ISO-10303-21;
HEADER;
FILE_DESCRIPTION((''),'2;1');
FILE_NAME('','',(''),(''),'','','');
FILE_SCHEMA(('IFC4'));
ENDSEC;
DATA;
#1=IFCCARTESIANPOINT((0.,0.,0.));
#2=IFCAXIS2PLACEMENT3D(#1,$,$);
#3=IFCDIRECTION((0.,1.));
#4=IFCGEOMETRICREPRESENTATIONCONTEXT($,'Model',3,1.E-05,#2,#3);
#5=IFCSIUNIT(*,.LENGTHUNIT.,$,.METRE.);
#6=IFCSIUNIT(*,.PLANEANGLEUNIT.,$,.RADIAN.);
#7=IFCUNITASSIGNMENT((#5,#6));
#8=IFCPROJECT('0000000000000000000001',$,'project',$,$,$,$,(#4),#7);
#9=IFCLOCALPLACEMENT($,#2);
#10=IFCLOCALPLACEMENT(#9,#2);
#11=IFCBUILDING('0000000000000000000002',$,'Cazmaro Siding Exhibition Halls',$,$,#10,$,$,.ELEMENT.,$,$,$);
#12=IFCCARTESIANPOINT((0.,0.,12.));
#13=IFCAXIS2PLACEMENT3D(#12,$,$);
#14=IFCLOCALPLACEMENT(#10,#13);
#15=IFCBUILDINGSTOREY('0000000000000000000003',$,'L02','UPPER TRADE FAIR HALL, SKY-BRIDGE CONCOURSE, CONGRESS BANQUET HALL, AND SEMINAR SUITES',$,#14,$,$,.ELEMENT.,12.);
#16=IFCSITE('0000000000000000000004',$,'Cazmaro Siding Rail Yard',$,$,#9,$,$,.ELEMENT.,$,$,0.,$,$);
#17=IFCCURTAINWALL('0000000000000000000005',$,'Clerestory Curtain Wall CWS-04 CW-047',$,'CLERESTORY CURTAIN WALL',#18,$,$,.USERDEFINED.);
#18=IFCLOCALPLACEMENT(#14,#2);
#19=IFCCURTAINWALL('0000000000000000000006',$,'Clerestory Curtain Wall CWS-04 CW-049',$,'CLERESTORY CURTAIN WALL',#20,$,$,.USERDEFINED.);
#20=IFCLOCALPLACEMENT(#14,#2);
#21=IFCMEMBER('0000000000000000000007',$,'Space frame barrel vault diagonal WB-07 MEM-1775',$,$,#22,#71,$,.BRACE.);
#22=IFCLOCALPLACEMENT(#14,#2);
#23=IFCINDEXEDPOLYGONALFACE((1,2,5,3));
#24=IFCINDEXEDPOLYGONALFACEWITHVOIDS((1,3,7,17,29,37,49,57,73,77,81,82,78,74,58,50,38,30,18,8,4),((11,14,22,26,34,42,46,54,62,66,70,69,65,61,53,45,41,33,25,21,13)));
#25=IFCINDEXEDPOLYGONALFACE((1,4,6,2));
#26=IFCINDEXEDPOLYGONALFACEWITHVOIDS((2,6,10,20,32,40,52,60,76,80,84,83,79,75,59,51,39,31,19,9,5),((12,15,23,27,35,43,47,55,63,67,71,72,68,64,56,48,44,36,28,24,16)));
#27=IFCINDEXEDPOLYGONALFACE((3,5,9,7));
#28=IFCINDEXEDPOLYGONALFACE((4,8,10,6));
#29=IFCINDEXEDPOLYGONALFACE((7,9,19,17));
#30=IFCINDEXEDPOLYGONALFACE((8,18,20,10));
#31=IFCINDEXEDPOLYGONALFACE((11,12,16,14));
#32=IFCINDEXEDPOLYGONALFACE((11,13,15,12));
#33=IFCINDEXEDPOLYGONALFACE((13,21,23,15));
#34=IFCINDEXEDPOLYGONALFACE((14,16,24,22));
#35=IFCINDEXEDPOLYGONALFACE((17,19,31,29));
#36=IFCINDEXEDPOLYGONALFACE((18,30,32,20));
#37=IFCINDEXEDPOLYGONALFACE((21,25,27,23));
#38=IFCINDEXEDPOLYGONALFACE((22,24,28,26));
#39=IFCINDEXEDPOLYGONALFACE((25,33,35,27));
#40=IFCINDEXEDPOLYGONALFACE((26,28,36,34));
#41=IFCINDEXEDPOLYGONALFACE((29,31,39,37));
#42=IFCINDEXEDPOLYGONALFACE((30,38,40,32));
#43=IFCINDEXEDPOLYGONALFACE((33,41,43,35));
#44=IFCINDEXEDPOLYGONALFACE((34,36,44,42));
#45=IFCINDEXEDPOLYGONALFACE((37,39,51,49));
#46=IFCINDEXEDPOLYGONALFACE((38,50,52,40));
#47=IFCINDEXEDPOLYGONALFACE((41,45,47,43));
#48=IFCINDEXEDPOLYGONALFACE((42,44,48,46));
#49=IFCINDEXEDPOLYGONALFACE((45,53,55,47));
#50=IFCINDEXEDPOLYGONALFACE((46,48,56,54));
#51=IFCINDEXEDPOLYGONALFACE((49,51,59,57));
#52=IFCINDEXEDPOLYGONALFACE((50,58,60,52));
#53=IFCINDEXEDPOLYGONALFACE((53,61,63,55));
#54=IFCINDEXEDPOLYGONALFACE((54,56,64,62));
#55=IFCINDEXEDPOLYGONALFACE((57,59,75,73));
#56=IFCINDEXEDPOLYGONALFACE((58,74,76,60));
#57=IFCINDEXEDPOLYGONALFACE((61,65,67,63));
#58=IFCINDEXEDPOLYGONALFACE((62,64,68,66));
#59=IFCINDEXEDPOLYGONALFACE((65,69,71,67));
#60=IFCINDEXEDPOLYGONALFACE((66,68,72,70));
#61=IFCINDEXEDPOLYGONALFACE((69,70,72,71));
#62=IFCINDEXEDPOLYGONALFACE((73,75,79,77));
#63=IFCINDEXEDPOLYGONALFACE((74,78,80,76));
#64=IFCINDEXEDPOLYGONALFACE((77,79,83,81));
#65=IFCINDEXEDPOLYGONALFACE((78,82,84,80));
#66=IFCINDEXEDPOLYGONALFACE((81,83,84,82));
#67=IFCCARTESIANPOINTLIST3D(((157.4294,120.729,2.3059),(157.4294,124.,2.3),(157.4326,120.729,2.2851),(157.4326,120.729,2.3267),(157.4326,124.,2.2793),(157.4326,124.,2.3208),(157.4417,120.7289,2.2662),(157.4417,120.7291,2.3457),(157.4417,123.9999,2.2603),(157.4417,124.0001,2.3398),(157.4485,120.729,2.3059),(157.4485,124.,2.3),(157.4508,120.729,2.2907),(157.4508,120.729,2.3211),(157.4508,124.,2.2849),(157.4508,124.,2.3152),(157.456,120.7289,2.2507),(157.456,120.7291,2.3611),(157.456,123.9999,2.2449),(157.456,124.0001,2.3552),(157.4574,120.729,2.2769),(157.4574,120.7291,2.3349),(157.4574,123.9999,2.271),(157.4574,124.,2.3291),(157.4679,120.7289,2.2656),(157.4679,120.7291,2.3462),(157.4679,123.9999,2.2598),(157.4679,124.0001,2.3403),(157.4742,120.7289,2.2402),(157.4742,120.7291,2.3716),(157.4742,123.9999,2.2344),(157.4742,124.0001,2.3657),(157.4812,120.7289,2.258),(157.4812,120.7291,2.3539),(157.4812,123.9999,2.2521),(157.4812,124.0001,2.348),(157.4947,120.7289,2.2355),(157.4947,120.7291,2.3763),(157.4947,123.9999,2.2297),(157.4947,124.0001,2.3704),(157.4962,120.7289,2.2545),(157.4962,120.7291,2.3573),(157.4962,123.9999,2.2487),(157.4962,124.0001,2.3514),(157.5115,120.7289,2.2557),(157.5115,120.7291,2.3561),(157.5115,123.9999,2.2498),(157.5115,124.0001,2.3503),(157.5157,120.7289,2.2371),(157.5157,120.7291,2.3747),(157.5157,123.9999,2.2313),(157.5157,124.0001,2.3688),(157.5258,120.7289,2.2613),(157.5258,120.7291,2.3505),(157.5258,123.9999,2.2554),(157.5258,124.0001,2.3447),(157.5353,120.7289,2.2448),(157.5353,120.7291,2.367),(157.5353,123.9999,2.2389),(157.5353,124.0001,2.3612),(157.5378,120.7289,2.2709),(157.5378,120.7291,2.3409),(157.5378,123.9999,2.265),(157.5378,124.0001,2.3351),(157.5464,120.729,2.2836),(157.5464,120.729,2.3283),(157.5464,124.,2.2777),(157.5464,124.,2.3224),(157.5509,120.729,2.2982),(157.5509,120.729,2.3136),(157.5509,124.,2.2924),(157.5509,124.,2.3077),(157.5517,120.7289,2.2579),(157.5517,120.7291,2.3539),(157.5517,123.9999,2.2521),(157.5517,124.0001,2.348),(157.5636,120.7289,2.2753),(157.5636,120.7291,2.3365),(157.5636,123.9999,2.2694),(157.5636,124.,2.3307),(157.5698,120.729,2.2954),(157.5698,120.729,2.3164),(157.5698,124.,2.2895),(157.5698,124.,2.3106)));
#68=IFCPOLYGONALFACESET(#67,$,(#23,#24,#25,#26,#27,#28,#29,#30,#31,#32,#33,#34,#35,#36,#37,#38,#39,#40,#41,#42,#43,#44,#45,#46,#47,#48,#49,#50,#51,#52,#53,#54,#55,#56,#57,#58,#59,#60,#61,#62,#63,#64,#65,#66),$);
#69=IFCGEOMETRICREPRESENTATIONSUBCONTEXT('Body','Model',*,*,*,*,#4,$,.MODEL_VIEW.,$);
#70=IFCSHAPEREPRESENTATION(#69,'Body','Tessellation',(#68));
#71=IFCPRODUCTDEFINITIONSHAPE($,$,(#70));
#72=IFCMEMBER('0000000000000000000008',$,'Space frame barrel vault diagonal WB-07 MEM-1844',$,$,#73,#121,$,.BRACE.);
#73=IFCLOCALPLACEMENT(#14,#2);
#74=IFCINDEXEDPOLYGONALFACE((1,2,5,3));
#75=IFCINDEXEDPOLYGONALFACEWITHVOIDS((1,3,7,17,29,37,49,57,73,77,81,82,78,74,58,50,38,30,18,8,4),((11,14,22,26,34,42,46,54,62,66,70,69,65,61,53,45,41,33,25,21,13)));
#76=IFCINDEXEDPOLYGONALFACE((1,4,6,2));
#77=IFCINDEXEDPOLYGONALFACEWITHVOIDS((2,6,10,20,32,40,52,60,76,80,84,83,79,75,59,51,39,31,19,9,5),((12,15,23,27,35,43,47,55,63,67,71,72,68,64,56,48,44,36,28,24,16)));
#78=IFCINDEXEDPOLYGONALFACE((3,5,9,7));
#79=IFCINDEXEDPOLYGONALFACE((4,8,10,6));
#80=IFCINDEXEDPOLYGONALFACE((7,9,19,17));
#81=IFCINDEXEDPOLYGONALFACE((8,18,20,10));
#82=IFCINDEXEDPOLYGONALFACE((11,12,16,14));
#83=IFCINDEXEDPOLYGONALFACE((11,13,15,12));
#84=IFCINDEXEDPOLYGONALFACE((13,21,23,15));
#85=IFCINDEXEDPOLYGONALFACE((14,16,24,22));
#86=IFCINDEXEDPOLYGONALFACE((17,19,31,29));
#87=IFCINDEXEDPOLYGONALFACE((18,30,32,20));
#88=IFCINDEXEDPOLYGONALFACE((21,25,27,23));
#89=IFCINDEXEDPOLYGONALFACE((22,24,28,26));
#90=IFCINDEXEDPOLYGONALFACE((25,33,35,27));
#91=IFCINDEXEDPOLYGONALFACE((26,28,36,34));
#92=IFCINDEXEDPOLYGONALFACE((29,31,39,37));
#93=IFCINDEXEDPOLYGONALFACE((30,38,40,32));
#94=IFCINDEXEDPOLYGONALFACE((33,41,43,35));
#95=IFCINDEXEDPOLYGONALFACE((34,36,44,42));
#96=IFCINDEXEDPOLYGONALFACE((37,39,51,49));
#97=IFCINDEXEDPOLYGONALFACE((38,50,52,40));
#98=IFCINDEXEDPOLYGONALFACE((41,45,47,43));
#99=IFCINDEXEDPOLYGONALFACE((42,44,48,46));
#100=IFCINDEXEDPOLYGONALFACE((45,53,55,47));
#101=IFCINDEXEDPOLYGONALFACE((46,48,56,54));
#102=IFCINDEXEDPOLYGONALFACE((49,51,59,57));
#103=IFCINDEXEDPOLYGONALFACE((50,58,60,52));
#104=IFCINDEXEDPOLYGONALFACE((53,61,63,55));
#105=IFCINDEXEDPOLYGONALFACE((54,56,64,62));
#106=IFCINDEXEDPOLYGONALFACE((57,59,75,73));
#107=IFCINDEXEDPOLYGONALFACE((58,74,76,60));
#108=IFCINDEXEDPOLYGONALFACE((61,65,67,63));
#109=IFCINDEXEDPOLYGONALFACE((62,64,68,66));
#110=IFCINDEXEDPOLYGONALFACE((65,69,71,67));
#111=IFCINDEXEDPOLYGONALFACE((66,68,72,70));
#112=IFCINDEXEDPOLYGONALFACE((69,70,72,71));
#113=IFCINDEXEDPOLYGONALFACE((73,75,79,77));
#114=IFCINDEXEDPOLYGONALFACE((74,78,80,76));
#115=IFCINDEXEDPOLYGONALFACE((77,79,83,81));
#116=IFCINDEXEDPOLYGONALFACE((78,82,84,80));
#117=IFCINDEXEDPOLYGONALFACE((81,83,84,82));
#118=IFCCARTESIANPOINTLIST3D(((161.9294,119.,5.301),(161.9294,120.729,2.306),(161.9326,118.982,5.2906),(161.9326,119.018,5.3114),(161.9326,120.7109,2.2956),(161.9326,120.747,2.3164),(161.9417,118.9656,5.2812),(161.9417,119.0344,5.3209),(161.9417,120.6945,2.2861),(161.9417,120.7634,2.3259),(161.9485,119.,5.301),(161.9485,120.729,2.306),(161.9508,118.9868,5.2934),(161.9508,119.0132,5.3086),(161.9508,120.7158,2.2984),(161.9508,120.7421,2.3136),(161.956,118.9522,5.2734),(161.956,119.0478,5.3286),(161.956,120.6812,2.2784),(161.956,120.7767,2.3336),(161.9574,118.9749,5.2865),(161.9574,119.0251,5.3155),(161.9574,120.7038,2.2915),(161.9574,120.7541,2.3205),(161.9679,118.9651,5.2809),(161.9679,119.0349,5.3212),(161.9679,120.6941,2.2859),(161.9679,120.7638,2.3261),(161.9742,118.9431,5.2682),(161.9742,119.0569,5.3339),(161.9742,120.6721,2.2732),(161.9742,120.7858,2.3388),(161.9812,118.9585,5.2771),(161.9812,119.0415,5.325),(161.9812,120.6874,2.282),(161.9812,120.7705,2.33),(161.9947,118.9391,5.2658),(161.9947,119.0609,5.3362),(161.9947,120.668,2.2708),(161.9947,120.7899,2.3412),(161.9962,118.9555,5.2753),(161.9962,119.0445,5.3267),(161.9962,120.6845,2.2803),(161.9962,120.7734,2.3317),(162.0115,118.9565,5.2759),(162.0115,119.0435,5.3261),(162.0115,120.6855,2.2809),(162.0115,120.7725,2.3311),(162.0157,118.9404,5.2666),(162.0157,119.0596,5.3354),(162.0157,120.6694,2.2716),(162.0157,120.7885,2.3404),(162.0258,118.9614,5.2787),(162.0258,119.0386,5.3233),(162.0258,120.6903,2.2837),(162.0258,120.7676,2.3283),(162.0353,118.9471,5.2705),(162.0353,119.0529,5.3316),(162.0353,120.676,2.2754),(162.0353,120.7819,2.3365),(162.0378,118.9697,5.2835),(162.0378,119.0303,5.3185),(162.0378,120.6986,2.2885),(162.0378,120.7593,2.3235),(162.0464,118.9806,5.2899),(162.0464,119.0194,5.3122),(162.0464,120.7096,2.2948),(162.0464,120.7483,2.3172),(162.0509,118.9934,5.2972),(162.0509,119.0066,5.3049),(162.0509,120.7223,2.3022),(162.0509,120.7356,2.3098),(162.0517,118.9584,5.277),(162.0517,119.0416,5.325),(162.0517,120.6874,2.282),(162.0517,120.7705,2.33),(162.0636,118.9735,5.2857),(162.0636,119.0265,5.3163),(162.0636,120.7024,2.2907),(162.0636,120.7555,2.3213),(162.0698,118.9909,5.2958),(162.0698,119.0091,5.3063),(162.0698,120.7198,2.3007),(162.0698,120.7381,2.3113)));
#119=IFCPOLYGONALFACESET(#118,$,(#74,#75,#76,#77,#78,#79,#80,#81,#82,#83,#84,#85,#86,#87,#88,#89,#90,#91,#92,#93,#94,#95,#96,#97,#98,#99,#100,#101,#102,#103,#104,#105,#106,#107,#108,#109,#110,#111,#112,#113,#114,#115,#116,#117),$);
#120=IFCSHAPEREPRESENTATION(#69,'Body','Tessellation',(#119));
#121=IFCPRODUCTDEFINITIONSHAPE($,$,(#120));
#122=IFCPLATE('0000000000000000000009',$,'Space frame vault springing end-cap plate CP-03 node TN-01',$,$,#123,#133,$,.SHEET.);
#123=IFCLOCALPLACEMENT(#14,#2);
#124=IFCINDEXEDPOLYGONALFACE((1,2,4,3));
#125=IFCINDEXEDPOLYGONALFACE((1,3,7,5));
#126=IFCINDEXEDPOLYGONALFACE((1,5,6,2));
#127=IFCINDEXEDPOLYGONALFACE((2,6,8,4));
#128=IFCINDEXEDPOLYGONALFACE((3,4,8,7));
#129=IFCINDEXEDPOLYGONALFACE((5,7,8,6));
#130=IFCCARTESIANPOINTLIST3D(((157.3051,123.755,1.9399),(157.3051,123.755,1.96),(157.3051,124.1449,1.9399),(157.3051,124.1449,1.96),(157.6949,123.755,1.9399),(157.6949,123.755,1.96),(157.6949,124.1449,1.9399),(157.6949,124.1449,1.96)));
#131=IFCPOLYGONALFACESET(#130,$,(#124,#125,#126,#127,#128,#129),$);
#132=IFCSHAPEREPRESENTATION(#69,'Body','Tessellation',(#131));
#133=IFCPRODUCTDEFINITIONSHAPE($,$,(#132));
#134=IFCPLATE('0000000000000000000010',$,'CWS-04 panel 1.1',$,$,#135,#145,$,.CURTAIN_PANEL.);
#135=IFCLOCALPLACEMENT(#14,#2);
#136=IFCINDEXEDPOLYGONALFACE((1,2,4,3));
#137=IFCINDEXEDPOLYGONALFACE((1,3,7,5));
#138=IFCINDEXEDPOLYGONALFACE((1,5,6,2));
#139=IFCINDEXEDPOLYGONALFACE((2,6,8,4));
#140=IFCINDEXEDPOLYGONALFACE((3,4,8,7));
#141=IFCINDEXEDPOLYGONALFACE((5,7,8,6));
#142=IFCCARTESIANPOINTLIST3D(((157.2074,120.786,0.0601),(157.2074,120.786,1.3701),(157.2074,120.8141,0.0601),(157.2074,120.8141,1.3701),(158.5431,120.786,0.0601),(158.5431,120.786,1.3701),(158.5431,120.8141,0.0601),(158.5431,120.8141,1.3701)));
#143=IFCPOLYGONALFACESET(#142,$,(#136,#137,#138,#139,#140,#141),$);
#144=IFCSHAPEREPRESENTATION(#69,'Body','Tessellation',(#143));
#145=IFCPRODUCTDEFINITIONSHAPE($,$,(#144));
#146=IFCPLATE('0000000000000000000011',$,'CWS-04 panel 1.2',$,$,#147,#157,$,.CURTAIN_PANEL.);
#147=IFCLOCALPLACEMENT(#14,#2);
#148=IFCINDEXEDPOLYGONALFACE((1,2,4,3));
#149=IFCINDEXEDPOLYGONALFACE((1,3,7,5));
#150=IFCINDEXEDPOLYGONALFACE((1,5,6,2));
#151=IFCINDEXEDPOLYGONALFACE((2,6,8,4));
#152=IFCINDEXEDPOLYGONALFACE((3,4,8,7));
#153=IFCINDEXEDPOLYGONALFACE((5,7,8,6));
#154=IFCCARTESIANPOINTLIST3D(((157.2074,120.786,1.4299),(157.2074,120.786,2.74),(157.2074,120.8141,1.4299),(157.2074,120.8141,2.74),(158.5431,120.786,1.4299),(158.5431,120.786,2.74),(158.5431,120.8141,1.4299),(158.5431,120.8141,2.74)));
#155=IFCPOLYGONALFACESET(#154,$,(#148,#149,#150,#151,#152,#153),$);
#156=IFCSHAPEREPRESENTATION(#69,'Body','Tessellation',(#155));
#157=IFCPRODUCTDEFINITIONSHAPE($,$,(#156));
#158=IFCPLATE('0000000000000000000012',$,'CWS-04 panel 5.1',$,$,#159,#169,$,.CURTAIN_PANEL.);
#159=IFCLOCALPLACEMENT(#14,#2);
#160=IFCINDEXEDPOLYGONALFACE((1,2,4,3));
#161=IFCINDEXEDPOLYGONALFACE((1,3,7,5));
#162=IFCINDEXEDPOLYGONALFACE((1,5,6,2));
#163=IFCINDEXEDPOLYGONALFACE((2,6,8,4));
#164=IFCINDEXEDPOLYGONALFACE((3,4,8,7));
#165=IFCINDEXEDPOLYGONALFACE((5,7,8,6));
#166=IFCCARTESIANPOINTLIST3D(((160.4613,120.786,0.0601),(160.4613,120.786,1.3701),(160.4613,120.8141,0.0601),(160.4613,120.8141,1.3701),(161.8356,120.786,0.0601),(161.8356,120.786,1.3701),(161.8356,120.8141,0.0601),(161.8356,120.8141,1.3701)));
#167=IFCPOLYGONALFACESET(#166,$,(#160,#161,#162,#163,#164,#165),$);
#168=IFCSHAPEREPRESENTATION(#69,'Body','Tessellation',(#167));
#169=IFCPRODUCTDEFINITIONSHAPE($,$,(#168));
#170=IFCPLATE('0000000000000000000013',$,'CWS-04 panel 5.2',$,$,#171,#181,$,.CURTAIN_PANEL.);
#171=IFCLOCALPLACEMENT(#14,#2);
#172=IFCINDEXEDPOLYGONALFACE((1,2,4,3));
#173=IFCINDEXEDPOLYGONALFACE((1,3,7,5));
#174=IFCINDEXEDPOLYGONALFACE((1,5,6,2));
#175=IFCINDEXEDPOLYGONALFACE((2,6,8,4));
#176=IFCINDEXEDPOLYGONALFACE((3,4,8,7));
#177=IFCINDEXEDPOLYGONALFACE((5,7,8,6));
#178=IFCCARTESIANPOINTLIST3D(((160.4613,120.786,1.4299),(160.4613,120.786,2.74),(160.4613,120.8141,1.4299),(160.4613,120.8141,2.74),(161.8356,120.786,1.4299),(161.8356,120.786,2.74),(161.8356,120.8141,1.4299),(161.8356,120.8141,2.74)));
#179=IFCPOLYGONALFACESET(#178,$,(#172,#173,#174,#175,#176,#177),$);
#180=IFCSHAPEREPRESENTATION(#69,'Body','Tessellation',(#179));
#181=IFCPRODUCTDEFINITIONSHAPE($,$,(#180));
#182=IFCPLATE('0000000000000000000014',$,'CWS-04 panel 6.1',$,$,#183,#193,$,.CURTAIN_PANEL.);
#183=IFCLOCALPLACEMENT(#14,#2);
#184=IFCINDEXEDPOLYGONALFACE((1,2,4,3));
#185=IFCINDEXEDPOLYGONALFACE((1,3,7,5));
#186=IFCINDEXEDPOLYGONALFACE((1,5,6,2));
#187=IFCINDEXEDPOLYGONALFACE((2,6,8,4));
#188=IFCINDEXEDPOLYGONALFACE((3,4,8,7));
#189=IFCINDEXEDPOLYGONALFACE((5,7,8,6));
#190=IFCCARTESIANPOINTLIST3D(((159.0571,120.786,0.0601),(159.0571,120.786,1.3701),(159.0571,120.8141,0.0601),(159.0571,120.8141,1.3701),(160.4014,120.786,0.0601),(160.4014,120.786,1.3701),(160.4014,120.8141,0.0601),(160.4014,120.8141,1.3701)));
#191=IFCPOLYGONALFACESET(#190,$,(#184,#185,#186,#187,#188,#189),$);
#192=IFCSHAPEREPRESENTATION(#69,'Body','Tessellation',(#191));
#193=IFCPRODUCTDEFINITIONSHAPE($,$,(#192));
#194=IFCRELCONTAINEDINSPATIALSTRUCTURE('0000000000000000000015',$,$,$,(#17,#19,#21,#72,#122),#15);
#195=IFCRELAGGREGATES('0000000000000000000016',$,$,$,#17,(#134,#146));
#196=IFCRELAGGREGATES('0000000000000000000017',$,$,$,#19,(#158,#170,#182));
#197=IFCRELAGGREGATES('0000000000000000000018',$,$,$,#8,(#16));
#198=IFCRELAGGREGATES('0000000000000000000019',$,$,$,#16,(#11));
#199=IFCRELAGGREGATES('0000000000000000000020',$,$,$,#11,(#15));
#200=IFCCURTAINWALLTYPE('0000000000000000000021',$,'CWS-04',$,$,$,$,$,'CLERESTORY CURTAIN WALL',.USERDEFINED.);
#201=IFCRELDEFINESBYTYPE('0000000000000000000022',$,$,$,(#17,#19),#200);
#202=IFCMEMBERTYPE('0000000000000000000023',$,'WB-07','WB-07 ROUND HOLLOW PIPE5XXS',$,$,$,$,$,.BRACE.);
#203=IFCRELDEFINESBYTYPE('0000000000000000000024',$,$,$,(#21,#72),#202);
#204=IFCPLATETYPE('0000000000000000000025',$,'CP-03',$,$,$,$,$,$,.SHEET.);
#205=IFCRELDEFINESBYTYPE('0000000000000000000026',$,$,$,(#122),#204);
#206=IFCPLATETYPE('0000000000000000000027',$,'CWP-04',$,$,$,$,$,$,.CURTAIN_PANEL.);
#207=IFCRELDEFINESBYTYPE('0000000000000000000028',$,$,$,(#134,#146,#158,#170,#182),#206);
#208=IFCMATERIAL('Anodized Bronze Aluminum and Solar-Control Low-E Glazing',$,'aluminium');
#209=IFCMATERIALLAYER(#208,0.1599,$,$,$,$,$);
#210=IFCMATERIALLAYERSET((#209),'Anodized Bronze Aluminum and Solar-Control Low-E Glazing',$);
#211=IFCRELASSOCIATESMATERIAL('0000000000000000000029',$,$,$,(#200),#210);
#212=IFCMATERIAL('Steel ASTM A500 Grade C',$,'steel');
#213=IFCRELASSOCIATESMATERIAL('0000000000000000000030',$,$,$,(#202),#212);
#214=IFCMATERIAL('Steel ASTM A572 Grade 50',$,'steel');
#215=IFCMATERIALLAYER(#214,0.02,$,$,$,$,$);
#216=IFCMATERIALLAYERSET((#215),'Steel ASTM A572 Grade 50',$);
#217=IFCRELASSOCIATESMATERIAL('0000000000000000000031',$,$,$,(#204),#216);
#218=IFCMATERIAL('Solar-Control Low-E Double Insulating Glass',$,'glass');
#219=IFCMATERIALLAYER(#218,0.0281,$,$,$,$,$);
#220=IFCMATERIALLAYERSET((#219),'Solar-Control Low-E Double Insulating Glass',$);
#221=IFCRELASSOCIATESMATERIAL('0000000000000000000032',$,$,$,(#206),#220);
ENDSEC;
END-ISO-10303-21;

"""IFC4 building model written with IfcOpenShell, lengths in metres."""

from ifc_helpers import new_model, si_unit, direction, frame, origin, origin_2d, place, context, subcontext, project, spatial, rectangle, hollow_circle, extrude, material, layer, layer_set, material_profile, profile_set, type_object, element, aggregate, save


model = new_model("IFC4")

# Units and contexts
model_context = context("Model", 3, precision=1e-05, world=origin(), true_north=direction((0.0, 1.0)))
body_context = subcontext(model_context, "Body", "Model", "MODEL_VIEW")
ifc_project = project(units=[si_unit("LENGTHUNIT", "METRE"), si_unit("PLANEANGLEUNIT", "RADIAN")], contexts=[model_context])

# Site, building, storey
site_placement = place(None, origin())
site = spatial("IfcSite", under=ifc_project, at=site_placement, Name="Cazmaro Siding Rail Yard", CompositionType="ELEMENT", RefElevation=0.0)
building_placement = place(site_placement, origin())
building = spatial("IfcBuilding", under=site, at=building_placement, Name="Cazmaro Siding Exhibition Halls", CompositionType="ELEMENT")
storey_placement = place(building_placement, frame((0.0, 0.0, 12.0)))
storey = spatial("IfcBuildingStorey", under=building, at=storey_placement, Name="L02", Description="UPPER TRADE FAIR HALL, SKY-BRIDGE CONCOURSE, CONGRESS BANQUET HALL, AND SEMINAR SUITES", CompositionType="ELEMENT", Elevation=12.0)

# Curtain wall
ifc_material_1 = material(Name="Anodized Bronze Aluminum and Solar-Control Low-E Glazing", Category="aluminium")
ifc_layer_1 = layer(ifc_material_1, 0.1599)
ifc_layer_set_1 = layer_set([ifc_layer_1], Name="Anodized Bronze Aluminum and Solar-Control Low-E Glazing")
curtain_wall_type = type_object("IfcCurtainWallType", Name="CWS-04", ElementType="CLERESTORY CURTAIN WALL", PredefinedType="USERDEFINED", material=ifc_layer_set_1)
curtain_wall_1_placement = place(storey_placement, origin())
curtain_wall_1 = element("IfcCurtainWall", 1, at=curtain_wall_1_placement, inside=storey, type_object=curtain_wall_type, Name="Clerestory Curtain Wall CWS-04 CW-047", ObjectType="CLERESTORY CURTAIN WALL", PredefinedType="USERDEFINED")

# Curtain wall
curtain_wall_2_placement = place(storey_placement, origin())
curtain_wall_2 = element("IfcCurtainWall", 2, at=curtain_wall_2_placement, inside=storey, type_object=curtain_wall_type, Name="Clerestory Curtain Wall CWS-04 CW-049", ObjectType="CLERESTORY CURTAIN WALL", PredefinedType="USERDEFINED")

# Members
ifc_material_2 = material(Name="Steel ASTM A500 Grade C", Category="steel")
ifc_material_profile_1 = material_profile(ifc_material_2, hollow_circle(Radius=0.0706, WallThickness=0.019, at=origin_2d()), Name="PIPE5XXS")
ifc_profile_set_1 = profile_set([ifc_material_profile_1], Name="Steel ASTM A500 Grade C")
member_type_1 = type_object("IfcMemberType", Name="WB-07", Description="WB-07 ROUND HOLLOW PIPE5XXS", PredefinedType="BRACE", material=ifc_profile_set_1)
member_1_placement = place(storey_placement, frame((157.5, 120.729, 2.3059), z_axis=(0.0, 0.999998, -0.001791), x_axis=(-1.0, 0.0, 0.0)))
element("IfcMember", 3, at=member_1_placement, inside=storey, type_object=member_type_1, Name="Space frame barrel vault diagonal WB-07 MEM-1775", PredefinedType="BRACE", context=body_context, shape_type="SweptSolid", body=[
    extrude(hollow_circle(Radius=0.0706, WallThickness=0.019, at=origin_2d()), origin(), (0.0, 0.0, 1.0), 3.271),
])
member_2_placement = place(storey_placement, frame((162.0, 119.0, 5.301), z_axis=(0.0, 0.499951, -0.866054), x_axis=(-1.0, 0.0, 0.0)))
element("IfcMember", 4, at=member_2_placement, inside=storey, type_object=member_type_1, Name="Space frame barrel vault diagonal WB-07 MEM-1844", PredefinedType="BRACE", context=body_context, shape_type="SweptSolid", body=[
    extrude(hollow_circle(Radius=0.0706, WallThickness=0.019, at=origin_2d()), origin(), (0.0, 0.0, 1.0), 3.4583),
])

# Plates
ifc_material_3 = material(Name="Steel ASTM A572 Grade 50", Category="steel")
ifc_layer_2 = layer(ifc_material_3, 0.02)
ifc_layer_set_2 = layer_set([ifc_layer_2], Name="Steel ASTM A572 Grade 50")
plate_type_1 = type_object("IfcPlateType", Name="CP-03", PredefinedType="SHEET", material=ifc_layer_set_2)
plate_1_placement = place(storey_placement, frame((157.5, 123.95, 1.9399), z_axis=(0.0, 0.0, 1.0), x_axis=(1.0, 0.0, 0.0)))
element("IfcPlate", 5, at=plate_1_placement, inside=storey, type_object=plate_type_1, Name="Space frame vault springing end-cap plate CP-03 node TN-01", PredefinedType="SHEET", context=body_context, shape_type="SweptSolid", body=[
    extrude(rectangle(XDim=0.3899, YDim=0.3899, at=origin_2d()), origin(), (0.0, 0.0, 1.0), 0.02),
])
ifc_material_4 = material(Name="Solar-Control Low-E Double Insulating Glass", Category="glass")
ifc_layer_3 = layer(ifc_material_4, 0.0281)
ifc_layer_set_3 = layer_set([ifc_layer_3], Name="Solar-Control Low-E Double Insulating Glass")
plate_type_2 = type_object("IfcPlateType", Name="CWP-04", PredefinedType="CURTAIN_PANEL", material=ifc_layer_set_3)
plate_2_placement = place(storey_placement, frame((157.8752, 120.8, 0.0601), z_axis=(0.0, 0.0, 1.0), x_axis=(-1.0, 0.0, 0.0)))
plate_2 = element("IfcPlate", 6, at=plate_2_placement, type_object=plate_type_2, Name="CWS-04 panel 1.1", PredefinedType="CURTAIN_PANEL", context=body_context, shape_type="SweptSolid", body=[
    extrude(rectangle(XDim=1.3357, YDim=0.0281, at=origin_2d()), origin(), (0.0, 0.0, 1.0), 1.3101),
])
plate_3_placement = place(storey_placement, frame((157.8752, 120.8, 1.4299), z_axis=(0.0, 0.0, 1.0), x_axis=(-1.0, 0.0, 0.0)))
plate_3 = element("IfcPlate", 7, at=plate_3_placement, type_object=plate_type_2, Name="CWS-04 panel 1.2", PredefinedType="CURTAIN_PANEL", context=body_context, shape_type="SweptSolid", body=[
    extrude(rectangle(XDim=1.3357, YDim=0.0281, at=origin_2d()), origin(), (0.0, 0.0, 1.0), 1.3101),
])
aggregate(curtain_wall_1, [plate_2, plate_3])
plate_4_placement = place(storey_placement, frame((161.1484, 120.8, 0.0601), z_axis=(0.0, 0.0, 1.0), x_axis=(-1.0, 0.0, 0.0)))
plate_4 = element("IfcPlate", 8, at=plate_4_placement, type_object=plate_type_2, Name="CWS-04 panel 5.1", PredefinedType="CURTAIN_PANEL", context=body_context, shape_type="SweptSolid", body=[
    extrude(rectangle(XDim=1.3743, YDim=0.0281, at=origin_2d()), origin(), (0.0, 0.0, 1.0), 1.3101),
])
plate_5_placement = place(storey_placement, frame((161.1484, 120.8, 1.4299), z_axis=(0.0, 0.0, 1.0), x_axis=(-1.0, 0.0, 0.0)))
plate_5 = element("IfcPlate", 9, at=plate_5_placement, type_object=plate_type_2, Name="CWS-04 panel 5.2", PredefinedType="CURTAIN_PANEL", context=body_context, shape_type="SweptSolid", body=[
    extrude(rectangle(XDim=1.3743, YDim=0.0281, at=origin_2d()), origin(), (0.0, 0.0, 1.0), 1.3101),
])
plate_6_placement = place(storey_placement, frame((159.7292, 120.8, 0.0601), z_axis=(0.0, 0.0, 1.0), x_axis=(-1.0, 0.0, 0.0)))
plate_6 = element("IfcPlate", 10, at=plate_6_placement, type_object=plate_type_2, Name="CWS-04 panel 6.1", PredefinedType="CURTAIN_PANEL", context=body_context, shape_type="SweptSolid", body=[
    extrude(rectangle(XDim=1.3442, YDim=0.0281, at=origin_2d()), origin(), (0.0, 0.0, 1.0), 1.3101),
])
aggregate(curtain_wall_2, [plate_4, plate_5, plate_6])

save(model, "model.ifc")
